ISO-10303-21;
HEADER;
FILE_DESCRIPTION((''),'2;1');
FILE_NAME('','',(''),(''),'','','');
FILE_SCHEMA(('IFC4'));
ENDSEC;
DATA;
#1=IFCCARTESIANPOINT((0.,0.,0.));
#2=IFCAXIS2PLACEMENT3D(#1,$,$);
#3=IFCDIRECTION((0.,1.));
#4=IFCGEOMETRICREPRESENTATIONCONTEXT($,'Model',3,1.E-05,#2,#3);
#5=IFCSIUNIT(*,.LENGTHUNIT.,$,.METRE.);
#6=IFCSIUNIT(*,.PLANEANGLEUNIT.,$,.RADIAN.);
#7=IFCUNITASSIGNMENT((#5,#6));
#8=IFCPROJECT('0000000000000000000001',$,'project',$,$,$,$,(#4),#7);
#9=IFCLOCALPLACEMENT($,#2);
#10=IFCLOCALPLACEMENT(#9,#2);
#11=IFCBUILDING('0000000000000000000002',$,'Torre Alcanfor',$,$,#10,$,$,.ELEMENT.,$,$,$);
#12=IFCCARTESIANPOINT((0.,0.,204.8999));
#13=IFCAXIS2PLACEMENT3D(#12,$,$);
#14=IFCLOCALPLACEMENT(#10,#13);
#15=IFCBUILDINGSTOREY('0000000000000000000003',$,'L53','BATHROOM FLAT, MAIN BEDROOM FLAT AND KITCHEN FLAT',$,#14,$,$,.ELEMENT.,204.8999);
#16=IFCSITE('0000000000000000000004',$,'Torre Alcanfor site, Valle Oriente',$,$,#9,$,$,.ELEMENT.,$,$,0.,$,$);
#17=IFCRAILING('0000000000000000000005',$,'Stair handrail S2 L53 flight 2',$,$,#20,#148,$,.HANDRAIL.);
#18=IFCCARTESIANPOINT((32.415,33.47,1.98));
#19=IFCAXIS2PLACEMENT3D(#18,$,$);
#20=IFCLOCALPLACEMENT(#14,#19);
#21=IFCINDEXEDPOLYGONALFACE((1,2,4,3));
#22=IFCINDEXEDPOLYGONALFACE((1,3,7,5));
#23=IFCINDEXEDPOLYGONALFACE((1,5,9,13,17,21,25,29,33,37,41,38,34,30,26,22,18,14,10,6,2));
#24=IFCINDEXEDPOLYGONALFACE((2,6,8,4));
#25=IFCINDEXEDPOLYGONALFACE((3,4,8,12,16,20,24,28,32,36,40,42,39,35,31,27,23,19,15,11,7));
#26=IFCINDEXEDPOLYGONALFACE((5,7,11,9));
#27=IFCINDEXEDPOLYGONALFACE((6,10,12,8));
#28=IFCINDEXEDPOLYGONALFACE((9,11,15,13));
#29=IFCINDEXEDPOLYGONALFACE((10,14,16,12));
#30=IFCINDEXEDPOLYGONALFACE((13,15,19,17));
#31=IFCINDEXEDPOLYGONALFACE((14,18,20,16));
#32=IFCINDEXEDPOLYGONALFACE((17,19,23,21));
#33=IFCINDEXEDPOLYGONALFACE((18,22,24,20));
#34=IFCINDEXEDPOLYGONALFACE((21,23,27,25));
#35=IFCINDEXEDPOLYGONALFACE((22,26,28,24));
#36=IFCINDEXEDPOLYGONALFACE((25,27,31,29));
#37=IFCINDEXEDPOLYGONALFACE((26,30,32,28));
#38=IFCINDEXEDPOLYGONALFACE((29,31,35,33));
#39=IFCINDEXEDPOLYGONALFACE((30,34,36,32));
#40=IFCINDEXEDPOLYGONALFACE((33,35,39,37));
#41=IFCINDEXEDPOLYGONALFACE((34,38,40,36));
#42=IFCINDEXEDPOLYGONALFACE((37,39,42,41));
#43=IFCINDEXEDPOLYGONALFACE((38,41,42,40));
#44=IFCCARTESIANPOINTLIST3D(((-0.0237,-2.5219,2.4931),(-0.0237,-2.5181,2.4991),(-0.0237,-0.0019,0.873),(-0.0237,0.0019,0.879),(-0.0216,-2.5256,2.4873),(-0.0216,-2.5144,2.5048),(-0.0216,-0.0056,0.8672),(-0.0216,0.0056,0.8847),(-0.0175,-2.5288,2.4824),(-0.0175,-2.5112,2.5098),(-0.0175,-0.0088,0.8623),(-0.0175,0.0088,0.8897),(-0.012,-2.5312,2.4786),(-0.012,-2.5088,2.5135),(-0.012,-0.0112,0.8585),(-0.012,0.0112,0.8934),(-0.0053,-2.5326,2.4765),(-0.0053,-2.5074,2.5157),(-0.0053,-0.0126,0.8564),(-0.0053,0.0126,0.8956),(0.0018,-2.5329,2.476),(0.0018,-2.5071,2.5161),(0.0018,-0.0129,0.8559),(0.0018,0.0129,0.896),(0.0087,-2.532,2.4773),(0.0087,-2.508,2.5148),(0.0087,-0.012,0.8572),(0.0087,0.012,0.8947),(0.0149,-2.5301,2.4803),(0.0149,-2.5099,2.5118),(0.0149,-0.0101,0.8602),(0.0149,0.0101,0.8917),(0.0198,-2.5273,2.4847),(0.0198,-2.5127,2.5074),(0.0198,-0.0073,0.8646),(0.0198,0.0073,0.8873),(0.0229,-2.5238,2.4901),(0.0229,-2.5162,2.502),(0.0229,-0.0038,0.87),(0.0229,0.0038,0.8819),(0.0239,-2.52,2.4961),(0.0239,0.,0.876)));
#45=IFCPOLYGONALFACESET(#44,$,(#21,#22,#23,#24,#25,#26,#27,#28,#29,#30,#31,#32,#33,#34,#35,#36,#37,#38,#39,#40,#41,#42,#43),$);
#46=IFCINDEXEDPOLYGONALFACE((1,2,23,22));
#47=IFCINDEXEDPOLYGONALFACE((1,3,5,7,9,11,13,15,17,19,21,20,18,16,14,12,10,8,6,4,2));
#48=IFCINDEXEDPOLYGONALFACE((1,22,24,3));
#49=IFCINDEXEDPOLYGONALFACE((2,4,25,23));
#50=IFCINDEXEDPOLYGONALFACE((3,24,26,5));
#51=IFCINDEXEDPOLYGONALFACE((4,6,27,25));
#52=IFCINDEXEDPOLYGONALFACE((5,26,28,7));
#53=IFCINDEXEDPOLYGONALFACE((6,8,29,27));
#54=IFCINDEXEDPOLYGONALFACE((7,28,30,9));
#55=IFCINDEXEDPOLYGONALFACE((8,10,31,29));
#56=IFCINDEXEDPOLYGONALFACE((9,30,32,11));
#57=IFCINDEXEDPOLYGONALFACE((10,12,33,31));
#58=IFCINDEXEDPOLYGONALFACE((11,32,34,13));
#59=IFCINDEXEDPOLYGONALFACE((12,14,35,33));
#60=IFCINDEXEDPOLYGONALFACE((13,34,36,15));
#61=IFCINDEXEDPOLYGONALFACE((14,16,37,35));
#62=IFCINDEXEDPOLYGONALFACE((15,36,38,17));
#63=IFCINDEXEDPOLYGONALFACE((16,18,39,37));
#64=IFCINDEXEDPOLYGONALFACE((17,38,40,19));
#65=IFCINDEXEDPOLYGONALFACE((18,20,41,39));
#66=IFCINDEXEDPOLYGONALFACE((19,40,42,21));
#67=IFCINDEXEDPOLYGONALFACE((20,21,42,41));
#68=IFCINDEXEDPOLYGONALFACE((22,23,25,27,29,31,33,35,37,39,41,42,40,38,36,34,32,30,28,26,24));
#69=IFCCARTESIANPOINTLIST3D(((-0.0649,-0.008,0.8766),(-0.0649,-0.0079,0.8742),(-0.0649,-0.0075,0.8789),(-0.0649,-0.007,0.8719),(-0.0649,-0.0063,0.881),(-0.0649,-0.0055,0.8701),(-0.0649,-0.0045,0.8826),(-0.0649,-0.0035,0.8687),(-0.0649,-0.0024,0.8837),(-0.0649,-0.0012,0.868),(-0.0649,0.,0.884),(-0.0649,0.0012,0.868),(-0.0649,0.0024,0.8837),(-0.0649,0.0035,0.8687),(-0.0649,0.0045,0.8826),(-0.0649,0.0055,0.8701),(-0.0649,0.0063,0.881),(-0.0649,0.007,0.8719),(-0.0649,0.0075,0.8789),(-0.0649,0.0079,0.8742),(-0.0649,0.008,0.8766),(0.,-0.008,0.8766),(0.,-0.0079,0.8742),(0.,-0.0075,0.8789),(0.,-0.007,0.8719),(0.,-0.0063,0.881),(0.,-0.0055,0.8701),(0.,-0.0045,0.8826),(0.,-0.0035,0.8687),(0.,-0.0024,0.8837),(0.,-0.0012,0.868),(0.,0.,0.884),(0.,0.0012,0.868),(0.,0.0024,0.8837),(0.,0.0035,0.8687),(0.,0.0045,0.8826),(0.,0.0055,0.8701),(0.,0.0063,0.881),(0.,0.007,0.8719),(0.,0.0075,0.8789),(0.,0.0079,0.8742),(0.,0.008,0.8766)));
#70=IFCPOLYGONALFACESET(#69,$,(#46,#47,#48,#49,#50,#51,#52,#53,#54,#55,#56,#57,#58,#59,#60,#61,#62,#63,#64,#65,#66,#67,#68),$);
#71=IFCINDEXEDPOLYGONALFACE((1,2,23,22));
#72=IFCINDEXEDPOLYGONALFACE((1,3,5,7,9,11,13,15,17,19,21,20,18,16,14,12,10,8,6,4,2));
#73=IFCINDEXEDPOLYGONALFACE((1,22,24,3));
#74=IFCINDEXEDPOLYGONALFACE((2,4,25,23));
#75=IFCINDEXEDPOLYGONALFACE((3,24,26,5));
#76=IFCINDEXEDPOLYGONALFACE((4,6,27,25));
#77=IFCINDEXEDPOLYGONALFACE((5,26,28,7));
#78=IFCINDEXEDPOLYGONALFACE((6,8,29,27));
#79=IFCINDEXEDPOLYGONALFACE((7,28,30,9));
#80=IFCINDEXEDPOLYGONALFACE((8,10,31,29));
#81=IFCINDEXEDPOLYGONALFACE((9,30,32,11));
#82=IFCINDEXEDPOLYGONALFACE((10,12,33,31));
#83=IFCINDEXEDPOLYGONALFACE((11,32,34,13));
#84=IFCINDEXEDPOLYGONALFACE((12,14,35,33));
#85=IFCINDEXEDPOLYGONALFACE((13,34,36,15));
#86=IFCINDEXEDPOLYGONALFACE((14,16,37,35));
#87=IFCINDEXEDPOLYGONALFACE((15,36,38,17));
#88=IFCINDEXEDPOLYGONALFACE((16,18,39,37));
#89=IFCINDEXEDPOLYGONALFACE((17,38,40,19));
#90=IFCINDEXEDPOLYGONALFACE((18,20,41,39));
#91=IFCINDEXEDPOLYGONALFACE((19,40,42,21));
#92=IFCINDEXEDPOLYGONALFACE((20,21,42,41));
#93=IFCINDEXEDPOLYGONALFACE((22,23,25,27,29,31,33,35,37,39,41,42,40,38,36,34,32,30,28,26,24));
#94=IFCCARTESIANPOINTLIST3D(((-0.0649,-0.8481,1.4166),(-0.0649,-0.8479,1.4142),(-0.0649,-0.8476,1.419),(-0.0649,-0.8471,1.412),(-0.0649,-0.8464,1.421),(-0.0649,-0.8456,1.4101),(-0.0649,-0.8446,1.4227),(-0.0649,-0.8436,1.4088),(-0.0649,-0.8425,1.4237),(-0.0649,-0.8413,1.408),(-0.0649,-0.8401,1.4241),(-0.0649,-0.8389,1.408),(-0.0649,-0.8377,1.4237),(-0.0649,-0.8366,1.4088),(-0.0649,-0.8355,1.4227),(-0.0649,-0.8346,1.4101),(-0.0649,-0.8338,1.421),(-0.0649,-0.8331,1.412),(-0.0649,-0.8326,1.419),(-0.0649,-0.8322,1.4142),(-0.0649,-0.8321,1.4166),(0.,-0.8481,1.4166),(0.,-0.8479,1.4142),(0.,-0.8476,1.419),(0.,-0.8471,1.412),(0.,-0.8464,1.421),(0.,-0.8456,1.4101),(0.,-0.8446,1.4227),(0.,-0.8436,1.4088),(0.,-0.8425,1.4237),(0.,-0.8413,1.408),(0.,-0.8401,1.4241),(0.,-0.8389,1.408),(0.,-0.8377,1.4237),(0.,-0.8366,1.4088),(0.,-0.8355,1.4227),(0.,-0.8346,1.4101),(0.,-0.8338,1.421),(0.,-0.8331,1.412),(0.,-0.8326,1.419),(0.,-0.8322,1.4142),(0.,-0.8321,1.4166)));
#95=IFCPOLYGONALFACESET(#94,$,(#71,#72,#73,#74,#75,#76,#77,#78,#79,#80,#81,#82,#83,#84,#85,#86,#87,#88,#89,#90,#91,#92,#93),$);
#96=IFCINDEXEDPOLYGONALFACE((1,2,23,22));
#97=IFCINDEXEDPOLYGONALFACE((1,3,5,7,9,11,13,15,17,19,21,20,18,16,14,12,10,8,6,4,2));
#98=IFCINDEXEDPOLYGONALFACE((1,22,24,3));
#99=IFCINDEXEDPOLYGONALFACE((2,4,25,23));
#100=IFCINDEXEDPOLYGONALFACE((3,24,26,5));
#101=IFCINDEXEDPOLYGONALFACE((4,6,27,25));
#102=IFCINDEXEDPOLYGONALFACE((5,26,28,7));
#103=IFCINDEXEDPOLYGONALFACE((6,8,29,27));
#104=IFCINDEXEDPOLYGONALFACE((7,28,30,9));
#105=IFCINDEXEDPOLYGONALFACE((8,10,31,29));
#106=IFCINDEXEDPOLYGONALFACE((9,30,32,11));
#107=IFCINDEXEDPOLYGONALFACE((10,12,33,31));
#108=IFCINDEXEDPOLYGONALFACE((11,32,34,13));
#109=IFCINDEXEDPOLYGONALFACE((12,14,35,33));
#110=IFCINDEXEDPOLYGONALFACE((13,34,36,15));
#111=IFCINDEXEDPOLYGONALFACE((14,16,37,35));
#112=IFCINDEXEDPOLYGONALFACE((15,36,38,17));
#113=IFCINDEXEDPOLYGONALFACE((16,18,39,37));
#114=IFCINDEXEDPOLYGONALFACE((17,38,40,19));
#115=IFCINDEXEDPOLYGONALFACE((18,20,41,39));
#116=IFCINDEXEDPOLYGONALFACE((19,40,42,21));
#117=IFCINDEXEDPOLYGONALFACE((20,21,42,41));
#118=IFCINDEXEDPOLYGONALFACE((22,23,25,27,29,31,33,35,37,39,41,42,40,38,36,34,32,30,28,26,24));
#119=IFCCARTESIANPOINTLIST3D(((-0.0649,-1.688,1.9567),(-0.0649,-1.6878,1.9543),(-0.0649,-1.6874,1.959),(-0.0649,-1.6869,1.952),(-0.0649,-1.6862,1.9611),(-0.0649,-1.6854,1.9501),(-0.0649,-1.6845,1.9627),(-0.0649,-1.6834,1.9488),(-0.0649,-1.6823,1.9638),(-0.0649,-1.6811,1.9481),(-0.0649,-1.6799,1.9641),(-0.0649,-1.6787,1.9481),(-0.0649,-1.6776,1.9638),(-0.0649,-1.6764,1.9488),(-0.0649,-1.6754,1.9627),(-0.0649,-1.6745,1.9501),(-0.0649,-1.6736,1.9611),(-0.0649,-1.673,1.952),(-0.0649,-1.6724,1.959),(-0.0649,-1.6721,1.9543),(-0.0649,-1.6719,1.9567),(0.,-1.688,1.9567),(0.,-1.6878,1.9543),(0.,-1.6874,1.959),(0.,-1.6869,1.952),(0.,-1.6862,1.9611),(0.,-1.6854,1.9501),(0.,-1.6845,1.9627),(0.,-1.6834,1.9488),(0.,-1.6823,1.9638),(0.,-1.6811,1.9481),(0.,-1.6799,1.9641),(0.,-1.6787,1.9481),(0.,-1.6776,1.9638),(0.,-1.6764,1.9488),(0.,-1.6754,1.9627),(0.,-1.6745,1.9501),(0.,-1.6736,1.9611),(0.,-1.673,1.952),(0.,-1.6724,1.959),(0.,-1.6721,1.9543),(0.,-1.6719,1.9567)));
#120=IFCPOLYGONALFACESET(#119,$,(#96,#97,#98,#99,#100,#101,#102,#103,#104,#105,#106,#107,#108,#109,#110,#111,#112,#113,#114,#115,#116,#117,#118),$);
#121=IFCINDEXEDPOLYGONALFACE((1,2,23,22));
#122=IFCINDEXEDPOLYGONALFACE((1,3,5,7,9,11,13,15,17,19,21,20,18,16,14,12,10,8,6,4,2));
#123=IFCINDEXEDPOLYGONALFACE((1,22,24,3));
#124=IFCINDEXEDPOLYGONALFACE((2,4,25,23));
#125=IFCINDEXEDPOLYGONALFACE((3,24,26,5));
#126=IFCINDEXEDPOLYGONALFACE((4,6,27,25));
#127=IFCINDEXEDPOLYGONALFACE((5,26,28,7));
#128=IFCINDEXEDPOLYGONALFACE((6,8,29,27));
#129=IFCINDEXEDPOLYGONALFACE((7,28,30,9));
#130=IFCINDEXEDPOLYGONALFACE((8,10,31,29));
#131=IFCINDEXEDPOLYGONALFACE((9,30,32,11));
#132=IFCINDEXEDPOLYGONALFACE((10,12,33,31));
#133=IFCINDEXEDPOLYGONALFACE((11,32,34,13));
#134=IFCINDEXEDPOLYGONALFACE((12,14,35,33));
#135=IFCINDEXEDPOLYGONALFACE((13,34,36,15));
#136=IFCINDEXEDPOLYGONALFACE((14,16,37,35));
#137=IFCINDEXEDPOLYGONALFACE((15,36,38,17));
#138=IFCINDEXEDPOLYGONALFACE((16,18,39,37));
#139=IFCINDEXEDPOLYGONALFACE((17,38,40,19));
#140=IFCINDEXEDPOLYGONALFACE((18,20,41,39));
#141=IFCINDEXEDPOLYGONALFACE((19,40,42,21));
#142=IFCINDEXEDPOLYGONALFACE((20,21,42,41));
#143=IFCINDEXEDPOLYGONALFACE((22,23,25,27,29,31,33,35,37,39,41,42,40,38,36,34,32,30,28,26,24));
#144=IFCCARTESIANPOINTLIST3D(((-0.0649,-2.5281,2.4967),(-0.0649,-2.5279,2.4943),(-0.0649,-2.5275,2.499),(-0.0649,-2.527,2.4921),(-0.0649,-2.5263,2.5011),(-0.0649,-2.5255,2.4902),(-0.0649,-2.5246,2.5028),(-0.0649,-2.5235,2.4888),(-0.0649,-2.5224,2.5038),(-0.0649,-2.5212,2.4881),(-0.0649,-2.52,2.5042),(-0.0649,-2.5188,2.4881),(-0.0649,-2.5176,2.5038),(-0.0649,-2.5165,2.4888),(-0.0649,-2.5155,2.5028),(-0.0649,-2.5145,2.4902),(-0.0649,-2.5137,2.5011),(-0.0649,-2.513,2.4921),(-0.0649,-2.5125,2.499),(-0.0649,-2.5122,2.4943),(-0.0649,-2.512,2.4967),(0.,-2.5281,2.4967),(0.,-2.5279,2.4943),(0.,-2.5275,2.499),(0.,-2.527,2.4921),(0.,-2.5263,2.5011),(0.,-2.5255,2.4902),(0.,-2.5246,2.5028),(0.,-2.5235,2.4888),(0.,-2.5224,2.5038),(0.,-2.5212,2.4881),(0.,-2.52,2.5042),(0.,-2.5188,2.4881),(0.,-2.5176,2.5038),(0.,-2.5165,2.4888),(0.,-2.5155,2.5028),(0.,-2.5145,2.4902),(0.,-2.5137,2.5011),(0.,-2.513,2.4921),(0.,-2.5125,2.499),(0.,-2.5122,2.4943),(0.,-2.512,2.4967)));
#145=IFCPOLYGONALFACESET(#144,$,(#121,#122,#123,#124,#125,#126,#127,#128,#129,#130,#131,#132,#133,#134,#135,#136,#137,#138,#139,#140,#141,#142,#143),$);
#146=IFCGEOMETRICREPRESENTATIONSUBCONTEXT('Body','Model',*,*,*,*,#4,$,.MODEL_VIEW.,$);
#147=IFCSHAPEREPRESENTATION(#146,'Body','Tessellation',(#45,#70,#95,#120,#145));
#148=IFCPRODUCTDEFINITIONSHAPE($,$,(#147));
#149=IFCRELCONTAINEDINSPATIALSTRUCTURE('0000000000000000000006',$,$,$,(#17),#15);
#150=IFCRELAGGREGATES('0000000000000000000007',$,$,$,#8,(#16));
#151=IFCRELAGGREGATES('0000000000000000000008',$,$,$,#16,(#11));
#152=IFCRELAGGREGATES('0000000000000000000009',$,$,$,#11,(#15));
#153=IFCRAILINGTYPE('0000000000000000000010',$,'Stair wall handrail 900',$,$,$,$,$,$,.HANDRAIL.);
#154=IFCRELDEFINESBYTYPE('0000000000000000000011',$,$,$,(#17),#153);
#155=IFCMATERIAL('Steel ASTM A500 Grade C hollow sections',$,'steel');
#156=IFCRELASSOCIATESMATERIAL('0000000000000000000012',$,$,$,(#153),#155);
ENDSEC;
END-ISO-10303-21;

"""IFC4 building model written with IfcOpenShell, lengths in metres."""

from ifc_helpers import new_model, si_unit, direction, frame, origin, origin_2d, place, context, subcontext, project, spatial, circle, extrude, material, type_object, element, save


model = new_model("IFC4")

# Units and contexts
model_context = context("Model", 3, precision=1e-05, world=origin(), true_north=direction((0.0, 1.0)))
body_context = subcontext(model_context, "Body", "Model", "MODEL_VIEW")
ifc_project = project(units=[si_unit("LENGTHUNIT", "METRE"), si_unit("PLANEANGLEUNIT", "RADIAN")], contexts=[model_context])

# Site, building, storey
site_placement = place(None, origin())
site = spatial("IfcSite", under=ifc_project, at=site_placement, Name="Torre Alcanfor site, Valle Oriente", CompositionType="ELEMENT", RefElevation=0.0)
building_placement = place(site_placement, origin())
building = spatial("IfcBuilding", under=site, at=building_placement, Name="Torre Alcanfor", CompositionType="ELEMENT")
storey_placement = place(building_placement, frame((0.0, 0.0, 204.8999)))
storey = spatial("IfcBuildingStorey", under=building, at=storey_placement, Name="L53", Description="BATHROOM FLAT, MAIN BEDROOM FLAT AND KITCHEN FLAT", CompositionType="ELEMENT", Elevation=204.8999)

# Railing
ifc_material_1 = material(Name="Steel ASTM A500 Grade C hollow sections", Category="steel")
railing_type_1 = type_object("IfcRailingType", Name="Stair wall handrail 900", PredefinedType="HANDRAIL", material=ifc_material_1)
railing_1_placement = place(storey_placement, frame((32.415, 33.47, 1.98)))
element("IfcRailing", 1, at=railing_1_placement, inside=storey, type_object=railing_type_1, Name="Stair handrail S2 L53 flight 2", PredefinedType="HANDRAIL", context=body_context, shape_type="SweptSolid", body=[
    extrude(circle(Radius=0.0239, at=origin_2d()), frame((0.0, 0.0, 0.876), z_axis=(0.0, -0.841163, 0.540782), x_axis=(1.0, 0.0, 0.0)), (0.0, 0.0, 1.0), 2.9958),
    extrude(circle(Radius=0.0081, at=origin_2d()), frame((0.0, 0.0, 0.876), z_axis=(-1.0, 0.0, 0.0), x_axis=(0.0, 0.0, 1.0)), (0.0, 0.0, 1.0), 0.0649),
    extrude(circle(Radius=0.0081, at=origin_2d()), frame((0.0, -0.8401, 1.416), z_axis=(-1.0, 0.0, 0.0), x_axis=(0.0, 0.0, 1.0)), (0.0, 0.0, 1.0), 0.0649),
    extrude(circle(Radius=0.0081, at=origin_2d()), frame((0.0, -1.6799, 1.9561), z_axis=(-1.0, 0.0, 0.0), x_axis=(0.0, 0.0, 1.0)), (0.0, 0.0, 1.0), 0.0649),
    extrude(circle(Radius=0.0081, at=origin_2d()), frame((0.0, -2.52, 2.4961), z_axis=(-1.0, 0.0, 0.0), x_axis=(0.0, 0.0, 1.0)), (0.0, 0.0, 1.0), 0.0649),
])

save(model, "model.ifc")
